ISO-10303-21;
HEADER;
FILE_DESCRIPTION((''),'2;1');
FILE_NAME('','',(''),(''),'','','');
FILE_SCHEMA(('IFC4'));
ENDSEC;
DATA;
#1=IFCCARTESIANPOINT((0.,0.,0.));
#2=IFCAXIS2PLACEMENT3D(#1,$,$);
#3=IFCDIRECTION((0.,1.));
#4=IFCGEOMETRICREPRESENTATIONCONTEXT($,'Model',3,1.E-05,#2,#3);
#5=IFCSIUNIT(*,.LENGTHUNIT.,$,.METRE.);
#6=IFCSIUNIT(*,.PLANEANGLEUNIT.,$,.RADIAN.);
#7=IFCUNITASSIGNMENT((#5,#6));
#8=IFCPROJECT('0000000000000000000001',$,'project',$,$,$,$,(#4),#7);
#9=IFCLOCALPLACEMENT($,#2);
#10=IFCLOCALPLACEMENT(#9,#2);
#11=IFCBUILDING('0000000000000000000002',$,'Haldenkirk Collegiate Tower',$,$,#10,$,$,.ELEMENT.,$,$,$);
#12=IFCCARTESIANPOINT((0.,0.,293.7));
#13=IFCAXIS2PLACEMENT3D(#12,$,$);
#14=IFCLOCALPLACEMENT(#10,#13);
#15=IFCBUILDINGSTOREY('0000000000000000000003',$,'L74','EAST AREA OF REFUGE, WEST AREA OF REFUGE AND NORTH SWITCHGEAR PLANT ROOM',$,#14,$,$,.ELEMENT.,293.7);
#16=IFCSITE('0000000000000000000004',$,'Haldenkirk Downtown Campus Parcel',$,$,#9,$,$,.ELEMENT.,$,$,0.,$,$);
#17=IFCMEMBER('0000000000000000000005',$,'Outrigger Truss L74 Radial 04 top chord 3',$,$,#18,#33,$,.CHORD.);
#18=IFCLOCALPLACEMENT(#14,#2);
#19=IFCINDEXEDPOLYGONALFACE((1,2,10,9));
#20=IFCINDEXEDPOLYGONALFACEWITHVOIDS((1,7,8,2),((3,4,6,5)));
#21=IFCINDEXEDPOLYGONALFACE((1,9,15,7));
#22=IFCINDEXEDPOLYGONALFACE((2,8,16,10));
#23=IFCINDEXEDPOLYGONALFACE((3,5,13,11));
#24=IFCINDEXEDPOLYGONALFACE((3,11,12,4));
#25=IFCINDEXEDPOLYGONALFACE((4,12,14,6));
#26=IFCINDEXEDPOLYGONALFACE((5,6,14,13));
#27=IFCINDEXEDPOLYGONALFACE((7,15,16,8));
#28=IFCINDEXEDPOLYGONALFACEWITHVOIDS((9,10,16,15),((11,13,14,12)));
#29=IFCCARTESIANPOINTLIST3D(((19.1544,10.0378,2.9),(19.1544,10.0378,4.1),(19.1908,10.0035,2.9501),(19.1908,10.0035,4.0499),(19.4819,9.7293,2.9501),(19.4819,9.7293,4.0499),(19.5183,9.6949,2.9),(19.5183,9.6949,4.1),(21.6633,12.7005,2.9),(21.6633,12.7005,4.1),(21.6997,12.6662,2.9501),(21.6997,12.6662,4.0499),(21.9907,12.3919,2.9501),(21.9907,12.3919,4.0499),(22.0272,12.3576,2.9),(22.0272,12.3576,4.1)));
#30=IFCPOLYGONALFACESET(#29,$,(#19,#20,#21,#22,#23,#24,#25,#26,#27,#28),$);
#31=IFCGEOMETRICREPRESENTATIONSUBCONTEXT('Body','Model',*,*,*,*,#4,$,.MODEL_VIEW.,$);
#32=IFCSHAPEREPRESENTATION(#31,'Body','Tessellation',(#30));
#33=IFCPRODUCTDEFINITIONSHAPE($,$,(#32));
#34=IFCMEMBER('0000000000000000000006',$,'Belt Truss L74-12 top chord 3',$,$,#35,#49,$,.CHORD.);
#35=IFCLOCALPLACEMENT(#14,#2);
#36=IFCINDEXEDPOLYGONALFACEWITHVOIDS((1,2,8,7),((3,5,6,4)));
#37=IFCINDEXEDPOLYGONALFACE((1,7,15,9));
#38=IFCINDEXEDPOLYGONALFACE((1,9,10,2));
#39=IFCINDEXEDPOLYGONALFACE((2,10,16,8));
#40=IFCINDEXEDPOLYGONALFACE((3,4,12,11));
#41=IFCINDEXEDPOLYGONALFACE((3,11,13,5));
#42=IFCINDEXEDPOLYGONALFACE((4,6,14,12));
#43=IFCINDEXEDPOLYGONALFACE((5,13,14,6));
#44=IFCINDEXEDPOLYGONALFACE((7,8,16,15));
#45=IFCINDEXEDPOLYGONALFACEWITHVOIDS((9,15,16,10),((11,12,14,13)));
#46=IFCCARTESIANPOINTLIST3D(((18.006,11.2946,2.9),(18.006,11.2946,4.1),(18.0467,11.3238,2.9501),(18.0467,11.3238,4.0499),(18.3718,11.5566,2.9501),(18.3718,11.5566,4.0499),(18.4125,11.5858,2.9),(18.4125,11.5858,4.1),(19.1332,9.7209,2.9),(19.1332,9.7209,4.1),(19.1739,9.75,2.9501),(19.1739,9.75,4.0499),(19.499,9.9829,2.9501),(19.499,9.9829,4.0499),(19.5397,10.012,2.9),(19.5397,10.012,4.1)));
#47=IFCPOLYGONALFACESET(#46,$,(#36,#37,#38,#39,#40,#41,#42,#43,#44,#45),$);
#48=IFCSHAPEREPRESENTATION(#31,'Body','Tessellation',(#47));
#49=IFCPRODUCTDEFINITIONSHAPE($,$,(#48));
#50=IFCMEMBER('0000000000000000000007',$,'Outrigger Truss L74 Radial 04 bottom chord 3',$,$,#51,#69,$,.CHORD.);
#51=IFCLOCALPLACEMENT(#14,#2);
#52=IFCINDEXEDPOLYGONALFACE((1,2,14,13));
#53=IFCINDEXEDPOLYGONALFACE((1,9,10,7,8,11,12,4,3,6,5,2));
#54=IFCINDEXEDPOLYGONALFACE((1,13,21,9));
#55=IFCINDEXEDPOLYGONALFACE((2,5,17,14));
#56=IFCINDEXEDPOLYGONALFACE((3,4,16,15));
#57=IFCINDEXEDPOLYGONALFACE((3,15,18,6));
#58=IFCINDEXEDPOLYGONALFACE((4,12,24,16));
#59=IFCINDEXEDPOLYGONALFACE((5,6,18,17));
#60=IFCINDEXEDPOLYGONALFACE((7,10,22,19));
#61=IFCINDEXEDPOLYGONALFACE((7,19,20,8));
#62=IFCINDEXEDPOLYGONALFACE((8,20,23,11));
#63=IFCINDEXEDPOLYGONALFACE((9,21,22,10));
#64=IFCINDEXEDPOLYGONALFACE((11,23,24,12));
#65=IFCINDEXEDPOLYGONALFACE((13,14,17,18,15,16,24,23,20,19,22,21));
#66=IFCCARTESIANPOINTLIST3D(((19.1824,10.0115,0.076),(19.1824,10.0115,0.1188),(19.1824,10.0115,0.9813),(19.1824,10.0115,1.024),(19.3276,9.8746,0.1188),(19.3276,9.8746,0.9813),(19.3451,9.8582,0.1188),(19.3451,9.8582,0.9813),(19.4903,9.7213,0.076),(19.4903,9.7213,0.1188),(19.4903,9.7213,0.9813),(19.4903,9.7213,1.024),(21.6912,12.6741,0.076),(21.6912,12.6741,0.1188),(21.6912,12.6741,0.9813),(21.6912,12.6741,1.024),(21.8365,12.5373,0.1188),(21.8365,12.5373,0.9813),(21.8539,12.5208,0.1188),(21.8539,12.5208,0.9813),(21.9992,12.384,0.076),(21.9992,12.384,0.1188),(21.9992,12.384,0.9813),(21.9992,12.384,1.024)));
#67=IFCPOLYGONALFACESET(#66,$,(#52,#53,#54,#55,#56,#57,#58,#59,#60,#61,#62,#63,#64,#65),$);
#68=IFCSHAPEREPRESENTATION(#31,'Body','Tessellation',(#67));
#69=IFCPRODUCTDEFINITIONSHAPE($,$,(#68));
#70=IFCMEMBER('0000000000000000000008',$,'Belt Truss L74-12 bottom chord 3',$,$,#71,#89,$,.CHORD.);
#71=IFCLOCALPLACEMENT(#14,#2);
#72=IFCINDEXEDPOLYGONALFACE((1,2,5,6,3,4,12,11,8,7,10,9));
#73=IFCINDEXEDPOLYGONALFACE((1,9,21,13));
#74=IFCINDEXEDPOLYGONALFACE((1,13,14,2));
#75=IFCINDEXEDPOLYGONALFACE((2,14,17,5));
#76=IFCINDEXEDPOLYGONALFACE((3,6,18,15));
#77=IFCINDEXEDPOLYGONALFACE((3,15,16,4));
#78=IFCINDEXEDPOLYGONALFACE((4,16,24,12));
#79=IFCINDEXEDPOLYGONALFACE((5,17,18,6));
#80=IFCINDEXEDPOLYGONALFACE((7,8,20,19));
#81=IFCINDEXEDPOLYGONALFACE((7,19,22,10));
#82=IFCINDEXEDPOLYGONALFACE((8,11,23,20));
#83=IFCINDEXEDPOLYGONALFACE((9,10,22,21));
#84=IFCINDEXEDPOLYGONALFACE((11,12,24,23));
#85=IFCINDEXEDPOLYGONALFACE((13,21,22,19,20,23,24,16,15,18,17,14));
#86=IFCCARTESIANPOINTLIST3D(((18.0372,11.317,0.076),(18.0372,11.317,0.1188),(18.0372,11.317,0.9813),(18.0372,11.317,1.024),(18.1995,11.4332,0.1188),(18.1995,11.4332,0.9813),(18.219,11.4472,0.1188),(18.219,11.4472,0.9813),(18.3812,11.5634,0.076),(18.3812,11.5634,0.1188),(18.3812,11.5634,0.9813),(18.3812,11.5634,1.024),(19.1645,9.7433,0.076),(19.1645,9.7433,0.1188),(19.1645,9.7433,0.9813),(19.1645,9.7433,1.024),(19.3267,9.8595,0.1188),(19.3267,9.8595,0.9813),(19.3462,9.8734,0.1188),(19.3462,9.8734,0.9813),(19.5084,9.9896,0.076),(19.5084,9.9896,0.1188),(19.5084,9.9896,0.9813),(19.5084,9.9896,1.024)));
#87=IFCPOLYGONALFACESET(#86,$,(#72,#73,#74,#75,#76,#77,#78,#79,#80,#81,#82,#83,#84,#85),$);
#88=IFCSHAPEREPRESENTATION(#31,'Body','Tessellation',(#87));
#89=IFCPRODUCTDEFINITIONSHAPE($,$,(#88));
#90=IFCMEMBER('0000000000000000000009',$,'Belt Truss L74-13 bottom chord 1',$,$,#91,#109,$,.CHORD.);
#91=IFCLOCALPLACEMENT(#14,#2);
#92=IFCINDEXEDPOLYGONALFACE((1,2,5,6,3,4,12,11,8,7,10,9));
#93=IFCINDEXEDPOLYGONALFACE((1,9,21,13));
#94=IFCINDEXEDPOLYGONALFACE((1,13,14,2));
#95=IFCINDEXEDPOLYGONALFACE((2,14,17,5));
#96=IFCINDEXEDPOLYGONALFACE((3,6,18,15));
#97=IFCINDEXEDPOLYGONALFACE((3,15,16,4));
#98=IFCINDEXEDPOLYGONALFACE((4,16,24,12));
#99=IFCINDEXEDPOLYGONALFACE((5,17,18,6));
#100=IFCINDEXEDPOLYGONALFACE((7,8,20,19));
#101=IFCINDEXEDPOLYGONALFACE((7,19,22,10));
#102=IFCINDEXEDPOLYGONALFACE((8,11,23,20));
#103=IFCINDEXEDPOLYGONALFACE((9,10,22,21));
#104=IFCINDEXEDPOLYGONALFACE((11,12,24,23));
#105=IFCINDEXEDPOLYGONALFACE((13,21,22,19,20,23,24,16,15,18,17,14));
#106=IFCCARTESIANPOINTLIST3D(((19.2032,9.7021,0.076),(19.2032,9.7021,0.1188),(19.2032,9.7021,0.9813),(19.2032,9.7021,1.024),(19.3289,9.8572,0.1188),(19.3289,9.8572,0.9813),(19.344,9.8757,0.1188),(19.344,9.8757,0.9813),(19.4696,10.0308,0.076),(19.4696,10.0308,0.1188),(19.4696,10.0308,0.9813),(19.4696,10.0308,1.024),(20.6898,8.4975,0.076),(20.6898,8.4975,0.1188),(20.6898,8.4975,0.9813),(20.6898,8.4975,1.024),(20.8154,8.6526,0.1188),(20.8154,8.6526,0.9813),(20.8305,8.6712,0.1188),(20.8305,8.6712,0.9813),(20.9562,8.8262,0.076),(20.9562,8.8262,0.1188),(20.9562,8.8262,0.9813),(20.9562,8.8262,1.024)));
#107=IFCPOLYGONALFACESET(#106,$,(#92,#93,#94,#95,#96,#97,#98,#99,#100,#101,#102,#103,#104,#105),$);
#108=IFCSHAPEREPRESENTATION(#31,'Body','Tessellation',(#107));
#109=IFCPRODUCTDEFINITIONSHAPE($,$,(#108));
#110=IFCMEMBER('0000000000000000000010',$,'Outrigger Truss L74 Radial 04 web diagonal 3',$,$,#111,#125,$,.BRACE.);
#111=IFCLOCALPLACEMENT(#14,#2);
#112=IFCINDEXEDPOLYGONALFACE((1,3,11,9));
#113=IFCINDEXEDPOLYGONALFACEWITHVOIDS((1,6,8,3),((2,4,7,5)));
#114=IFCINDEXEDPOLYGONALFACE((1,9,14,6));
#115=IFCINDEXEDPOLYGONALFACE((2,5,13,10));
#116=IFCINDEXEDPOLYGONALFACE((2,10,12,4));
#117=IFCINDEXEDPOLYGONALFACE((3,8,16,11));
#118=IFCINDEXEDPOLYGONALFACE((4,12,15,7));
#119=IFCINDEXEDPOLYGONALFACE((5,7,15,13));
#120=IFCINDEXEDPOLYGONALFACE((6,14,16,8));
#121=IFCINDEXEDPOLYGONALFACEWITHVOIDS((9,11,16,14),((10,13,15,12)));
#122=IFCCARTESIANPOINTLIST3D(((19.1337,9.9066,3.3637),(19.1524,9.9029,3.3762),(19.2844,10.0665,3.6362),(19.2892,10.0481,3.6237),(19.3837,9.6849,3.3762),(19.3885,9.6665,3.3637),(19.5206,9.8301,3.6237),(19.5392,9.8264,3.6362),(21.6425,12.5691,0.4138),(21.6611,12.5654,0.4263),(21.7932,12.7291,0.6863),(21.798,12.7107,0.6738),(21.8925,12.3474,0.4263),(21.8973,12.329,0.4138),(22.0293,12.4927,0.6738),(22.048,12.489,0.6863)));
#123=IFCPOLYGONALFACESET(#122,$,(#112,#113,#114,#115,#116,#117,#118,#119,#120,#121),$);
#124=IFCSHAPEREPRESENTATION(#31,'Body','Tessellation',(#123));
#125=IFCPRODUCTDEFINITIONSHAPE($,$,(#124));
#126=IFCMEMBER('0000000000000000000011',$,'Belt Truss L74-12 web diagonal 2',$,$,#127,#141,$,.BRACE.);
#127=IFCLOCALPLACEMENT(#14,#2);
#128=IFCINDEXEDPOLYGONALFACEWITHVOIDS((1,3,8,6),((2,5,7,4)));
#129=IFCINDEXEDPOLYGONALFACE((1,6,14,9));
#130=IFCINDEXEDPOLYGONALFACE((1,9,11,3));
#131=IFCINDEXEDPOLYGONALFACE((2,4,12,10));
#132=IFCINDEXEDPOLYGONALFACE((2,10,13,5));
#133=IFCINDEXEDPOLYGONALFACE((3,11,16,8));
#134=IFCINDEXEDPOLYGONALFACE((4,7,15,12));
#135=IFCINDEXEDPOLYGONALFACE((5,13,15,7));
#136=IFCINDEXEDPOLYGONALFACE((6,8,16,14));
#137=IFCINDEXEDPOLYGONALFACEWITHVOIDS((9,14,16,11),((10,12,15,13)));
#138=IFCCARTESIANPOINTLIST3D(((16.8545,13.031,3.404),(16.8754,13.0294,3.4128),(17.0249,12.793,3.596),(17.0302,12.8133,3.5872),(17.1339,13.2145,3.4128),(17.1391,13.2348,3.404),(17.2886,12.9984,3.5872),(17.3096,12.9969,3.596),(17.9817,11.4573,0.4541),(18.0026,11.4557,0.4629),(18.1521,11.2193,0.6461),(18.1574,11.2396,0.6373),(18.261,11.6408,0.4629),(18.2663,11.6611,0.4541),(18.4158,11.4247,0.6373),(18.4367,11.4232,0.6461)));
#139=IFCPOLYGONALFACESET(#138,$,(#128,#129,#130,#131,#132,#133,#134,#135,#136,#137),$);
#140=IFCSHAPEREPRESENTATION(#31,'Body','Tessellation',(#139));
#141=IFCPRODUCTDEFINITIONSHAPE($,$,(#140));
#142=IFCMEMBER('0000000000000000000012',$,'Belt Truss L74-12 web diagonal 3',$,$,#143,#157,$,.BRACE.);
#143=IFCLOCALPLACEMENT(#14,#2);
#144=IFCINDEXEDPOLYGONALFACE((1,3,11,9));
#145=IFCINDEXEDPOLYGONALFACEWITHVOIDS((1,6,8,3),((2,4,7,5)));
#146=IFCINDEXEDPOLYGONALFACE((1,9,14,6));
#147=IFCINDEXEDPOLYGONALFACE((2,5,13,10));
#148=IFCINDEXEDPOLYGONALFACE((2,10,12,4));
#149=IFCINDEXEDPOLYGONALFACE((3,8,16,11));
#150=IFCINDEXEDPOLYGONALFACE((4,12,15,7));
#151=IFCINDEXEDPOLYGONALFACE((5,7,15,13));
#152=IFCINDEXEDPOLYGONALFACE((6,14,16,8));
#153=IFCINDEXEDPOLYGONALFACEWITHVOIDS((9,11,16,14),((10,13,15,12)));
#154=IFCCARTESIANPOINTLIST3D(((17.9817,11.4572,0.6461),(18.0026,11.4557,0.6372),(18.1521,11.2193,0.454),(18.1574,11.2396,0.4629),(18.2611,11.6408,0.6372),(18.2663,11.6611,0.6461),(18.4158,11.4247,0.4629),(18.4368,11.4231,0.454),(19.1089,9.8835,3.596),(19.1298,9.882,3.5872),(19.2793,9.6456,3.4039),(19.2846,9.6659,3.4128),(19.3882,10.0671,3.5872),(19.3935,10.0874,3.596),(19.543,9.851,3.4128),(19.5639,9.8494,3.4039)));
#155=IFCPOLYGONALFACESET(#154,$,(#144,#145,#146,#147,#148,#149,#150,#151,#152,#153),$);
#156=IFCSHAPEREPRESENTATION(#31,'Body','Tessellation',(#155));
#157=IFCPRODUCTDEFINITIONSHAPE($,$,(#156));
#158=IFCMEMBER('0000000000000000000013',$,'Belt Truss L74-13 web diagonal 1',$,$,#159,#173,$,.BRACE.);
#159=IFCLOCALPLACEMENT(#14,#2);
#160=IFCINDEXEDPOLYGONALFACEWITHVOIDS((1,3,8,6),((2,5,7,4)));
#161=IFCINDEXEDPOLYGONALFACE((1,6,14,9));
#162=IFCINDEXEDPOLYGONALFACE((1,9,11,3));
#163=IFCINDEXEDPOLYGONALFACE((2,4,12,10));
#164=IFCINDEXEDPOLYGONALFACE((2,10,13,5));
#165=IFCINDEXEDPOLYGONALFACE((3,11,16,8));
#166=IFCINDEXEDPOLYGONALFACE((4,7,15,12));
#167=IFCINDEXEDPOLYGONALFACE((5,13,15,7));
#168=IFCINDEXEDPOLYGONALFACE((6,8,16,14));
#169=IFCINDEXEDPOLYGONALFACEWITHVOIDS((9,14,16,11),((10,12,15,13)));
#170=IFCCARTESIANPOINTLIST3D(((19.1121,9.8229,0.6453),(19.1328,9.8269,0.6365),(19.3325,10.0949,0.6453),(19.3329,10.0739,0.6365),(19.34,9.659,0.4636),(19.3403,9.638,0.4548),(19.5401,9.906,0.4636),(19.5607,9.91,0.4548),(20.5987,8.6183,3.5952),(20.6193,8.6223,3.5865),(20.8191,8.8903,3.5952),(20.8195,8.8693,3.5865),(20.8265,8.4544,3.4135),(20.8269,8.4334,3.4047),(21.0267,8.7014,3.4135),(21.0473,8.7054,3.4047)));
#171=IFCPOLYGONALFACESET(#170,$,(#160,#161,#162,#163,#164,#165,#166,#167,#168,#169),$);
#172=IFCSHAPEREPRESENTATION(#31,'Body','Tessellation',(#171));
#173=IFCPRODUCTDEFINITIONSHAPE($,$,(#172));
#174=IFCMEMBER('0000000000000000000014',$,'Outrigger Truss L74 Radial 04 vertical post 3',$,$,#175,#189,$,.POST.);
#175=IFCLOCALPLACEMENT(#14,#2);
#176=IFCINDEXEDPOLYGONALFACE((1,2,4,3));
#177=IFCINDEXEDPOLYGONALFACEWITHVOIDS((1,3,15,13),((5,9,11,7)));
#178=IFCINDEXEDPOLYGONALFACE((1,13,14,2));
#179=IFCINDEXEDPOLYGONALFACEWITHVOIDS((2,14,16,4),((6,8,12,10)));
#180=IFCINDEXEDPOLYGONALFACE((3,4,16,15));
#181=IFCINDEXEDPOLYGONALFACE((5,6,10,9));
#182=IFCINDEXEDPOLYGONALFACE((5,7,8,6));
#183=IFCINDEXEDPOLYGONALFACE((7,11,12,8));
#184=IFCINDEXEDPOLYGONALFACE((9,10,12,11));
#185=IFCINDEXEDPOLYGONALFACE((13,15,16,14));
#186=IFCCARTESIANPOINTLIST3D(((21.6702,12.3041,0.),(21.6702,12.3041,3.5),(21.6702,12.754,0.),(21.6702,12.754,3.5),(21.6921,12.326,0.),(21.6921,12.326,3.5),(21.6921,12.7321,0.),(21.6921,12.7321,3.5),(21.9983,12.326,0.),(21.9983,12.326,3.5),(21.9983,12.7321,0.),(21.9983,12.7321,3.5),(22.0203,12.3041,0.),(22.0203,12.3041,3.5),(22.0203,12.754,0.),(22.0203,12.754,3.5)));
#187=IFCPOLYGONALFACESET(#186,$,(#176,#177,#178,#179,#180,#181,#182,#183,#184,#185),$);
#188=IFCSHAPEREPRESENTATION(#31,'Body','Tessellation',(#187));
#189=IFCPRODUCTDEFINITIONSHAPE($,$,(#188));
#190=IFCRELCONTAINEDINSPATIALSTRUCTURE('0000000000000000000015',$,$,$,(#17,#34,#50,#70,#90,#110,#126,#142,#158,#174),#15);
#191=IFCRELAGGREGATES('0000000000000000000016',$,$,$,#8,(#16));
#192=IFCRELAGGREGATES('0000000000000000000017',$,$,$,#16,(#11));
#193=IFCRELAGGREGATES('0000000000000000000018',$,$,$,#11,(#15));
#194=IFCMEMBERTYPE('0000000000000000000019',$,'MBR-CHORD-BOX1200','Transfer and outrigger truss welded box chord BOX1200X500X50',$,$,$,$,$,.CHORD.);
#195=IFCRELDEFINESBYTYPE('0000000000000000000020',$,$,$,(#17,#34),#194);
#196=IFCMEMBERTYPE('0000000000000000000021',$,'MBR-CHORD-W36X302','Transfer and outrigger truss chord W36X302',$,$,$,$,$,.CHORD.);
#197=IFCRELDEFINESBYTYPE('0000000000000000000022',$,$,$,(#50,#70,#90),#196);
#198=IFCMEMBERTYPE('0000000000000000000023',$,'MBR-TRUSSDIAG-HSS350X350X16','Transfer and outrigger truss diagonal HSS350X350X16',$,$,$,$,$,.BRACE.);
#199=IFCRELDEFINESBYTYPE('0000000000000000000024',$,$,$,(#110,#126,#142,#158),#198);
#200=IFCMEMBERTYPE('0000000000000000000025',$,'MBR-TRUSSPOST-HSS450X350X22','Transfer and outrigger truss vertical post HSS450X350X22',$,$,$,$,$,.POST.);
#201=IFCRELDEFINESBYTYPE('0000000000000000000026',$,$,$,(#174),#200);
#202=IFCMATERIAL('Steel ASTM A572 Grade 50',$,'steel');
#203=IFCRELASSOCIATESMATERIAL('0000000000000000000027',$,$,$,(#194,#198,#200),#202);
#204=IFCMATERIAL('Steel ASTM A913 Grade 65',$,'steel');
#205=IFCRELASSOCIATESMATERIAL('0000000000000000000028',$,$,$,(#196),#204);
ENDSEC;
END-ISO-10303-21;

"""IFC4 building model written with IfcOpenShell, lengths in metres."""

from ifc_helpers import new_model, si_unit, direction, frame, origin, origin_2d, place, context, subcontext, project, spatial, hollow_rectangle, i_section, extrude, material, material_profile, profile_set, type_object, element, save


model = new_model("IFC4")

# Units and contexts
model_context = context("Model", 3, precision=1e-05, world=origin(), true_north=direction((0.0, 1.0)))
body_context = subcontext(model_context, "Body", "Model", "MODEL_VIEW")
ifc_project = project(units=[si_unit("LENGTHUNIT", "METRE"), si_unit("PLANEANGLEUNIT", "RADIAN")], contexts=[model_context])

# Site, building, storey
site_placement = place(None, origin())
site = spatial("IfcSite", under=ifc_project, at=site_placement, Name="Haldenkirk Downtown Campus Parcel", CompositionType="ELEMENT", RefElevation=0.0)
building_placement = place(site_placement, origin())
building = spatial("IfcBuilding", under=site, at=building_placement, Name="Haldenkirk Collegiate Tower", CompositionType="ELEMENT")
storey_placement = place(building_placement, frame((0.0, 0.0, 293.7)))
storey = spatial("IfcBuildingStorey", under=building, at=storey_placement, Name="L74", Description="EAST AREA OF REFUGE, WEST AREA OF REFUGE AND NORTH SWITCHGEAR PLANT ROOM", CompositionType="ELEMENT", Elevation=293.7)

# Members
ifc_material_1 = material(Name="Steel ASTM A572 Grade 50", Category="steel")
ifc_material_profile_1 = material_profile(ifc_material_1, hollow_rectangle(XDim=0.5, YDim=1.2, WallThickness=0.05, at=origin_2d()), Name="BOX1200X500X50")
ifc_profile_set_1 = profile_set([ifc_material_profile_1], Name="Steel ASTM A572 Grade 50")
member_type_1 = type_object("IfcMemberType", Name="MBR-CHORD-BOX1200", Description="Transfer and outrigger truss welded box chord BOX1200X500X50", PredefinedType="CHORD", material=ifc_profile_set_1)
member_1_placement = place(storey_placement, frame((21.8452, 12.5291, 3.5), z_axis=(-0.685773, -0.727816, 0.0), x_axis=(0.727816, -0.685773, 0.0)))
element("IfcMember", 1, at=member_1_placement, inside=storey, type_object=member_type_1, Name="Outrigger Truss L74 Radial 04 top chord 3", PredefinedType="CHORD", context=body_context, shape_type="SweptSolid", body=[
    extrude(hollow_rectangle(XDim=0.5, YDim=1.2, WallThickness=0.05, at=origin_2d()), origin(), (0.0, 0.0, 1.0), 3.6584),
])
member_2_placement = place(storey_placement, frame((18.2092, 11.4402, 3.5), z_axis=(0.582299, -0.812974, 0.0), x_axis=(0.812974, 0.582299, 0.0)))
element("IfcMember", 2, at=member_2_placement, inside=storey, type_object=member_type_1, Name="Belt Truss L74-12 top chord 3", PredefinedType="CHORD", context=body_context, shape_type="SweptSolid", body=[
    extrude(hollow_rectangle(XDim=0.5, YDim=1.2, WallThickness=0.05, at=origin_2d()), origin(), (0.0, 0.0, 1.0), 1.9358),
])
ifc_material_2 = material(Name="Steel ASTM A913 Grade 65", Category="steel")
ifc_material_profile_2 = material_profile(ifc_material_2, i_section(OverallWidth=0.4231, OverallDepth=0.948, WebThickness=0.0239, FlangeThickness=0.0427, at=origin_2d()), Name="W36X302")
ifc_profile_set_2 = profile_set([ifc_material_profile_2], Name="Steel ASTM A913 Grade 65")
member_type_2 = type_object("IfcMemberType", Name="MBR-CHORD-W36X302", Description="Transfer and outrigger truss chord W36X302", PredefinedType="CHORD", material=ifc_profile_set_2)
member_3_placement = place(storey_placement, frame((21.8452, 12.5291, 0.55), z_axis=(-0.685773, -0.727816, 0.0), x_axis=(0.727816, -0.685773, 0.0)))
element("IfcMember", 3, at=member_3_placement, inside=storey, type_object=member_type_2, Name="Outrigger Truss L74 Radial 04 bottom chord 3", PredefinedType="CHORD", context=body_context, shape_type="SweptSolid", body=[
    extrude(i_section(OverallWidth=0.4231, OverallDepth=0.948, WebThickness=0.0239, FlangeThickness=0.0427, at=origin_2d()), origin(), (0.0, 0.0, 1.0), 3.6584),
])
member_4_placement = place(storey_placement, frame((18.2092, 11.4402, 0.55), z_axis=(0.582299, -0.812974, 0.0), x_axis=(0.812974, 0.582299, 0.0)))
element("IfcMember", 4, at=member_4_placement, inside=storey, type_object=member_type_2, Name="Belt Truss L74-12 bottom chord 3", PredefinedType="CHORD", context=body_context, shape_type="SweptSolid", body=[
    extrude(i_section(OverallWidth=0.4231, OverallDepth=0.948, WebThickness=0.0239, FlangeThickness=0.0427, at=origin_2d()), origin(), (0.0, 0.0, 1.0), 1.9358),
])
member_5_placement = place(storey_placement, frame((19.3364, 9.8665, 0.55), z_axis=(0.776945, -0.629569, 0.0), x_axis=(0.629569, 0.776945, 0.0)))
element("IfcMember", 5, at=member_5_placement, inside=storey, type_object=member_type_2, Name="Belt Truss L74-13 bottom chord 1", PredefinedType="CHORD", context=body_context, shape_type="SweptSolid", body=[
    extrude(i_section(OverallWidth=0.4231, OverallDepth=0.948, WebThickness=0.0239, FlangeThickness=0.0427, at=origin_2d()), origin(), (0.0, 0.0, 1.0), 1.9133),
])
ifc_material_profile_3 = material_profile(ifc_material_1, hollow_rectangle(XDim=0.3501, YDim=0.3501, WallThickness=0.0161, at=origin_2d()), Name="HSS350X350X16")
ifc_profile_set_3 = profile_set([ifc_material_profile_3], Name="Steel ASTM A572 Grade 50")
member_type_3 = type_object("IfcMemberType", Name="MBR-TRUSSDIAG-HSS350X350X16", Description="Transfer and outrigger truss diagonal HSS350X350X16", PredefinedType="BRACE", material=ifc_profile_set_3)
member_6_placement = place(storey_placement, frame((21.8452, 12.5291, 0.55), z_axis=(-0.533837, -0.566566, 0.627711), x_axis=(0.727816, -0.685773, 0.0)))
element("IfcMember", 6, at=member_6_placement, inside=storey, type_object=member_type_3, Name="Outrigger Truss L74 Radial 04 web diagonal 3", PredefinedType="BRACE", context=body_context, shape_type="SweptSolid", body=[
    extrude(hollow_rectangle(XDim=0.3501, YDim=0.3501, WallThickness=0.0161, at=origin_2d()), origin(), (0.0, 0.0, 1.0), 4.6995),
])
for number, where, z_axis, x_axis, name in (
    (7, (17.082, 13.0139, 3.5), (0.319467, -0.446022, -0.836066), (0.812974, 0.582299, 0.0), "Belt Truss L74-12 web diagonal 2"),
    (8, (18.2092, 11.4402, 0.55), (0.319467, -0.446022, 0.836066), (0.812974, 0.582299, 0.0), "Belt Truss L74-12 web diagonal 3"),
):
    element("IfcMember", number, at=place(storey_placement, frame(where, z_axis=z_axis, x_axis=x_axis)), inside=storey, type_object=member_type_3, Name=name, PredefinedType="BRACE", context=body_context, shape_type="SweptSolid", body=[
        extrude(hollow_rectangle(XDim=0.3501, YDim=0.3501, WallThickness=0.0161, at=origin_2d()), origin(), (0.0, 0.0, 1.0), 3.5283),
    ])
member_7_placement = place(storey_placement, frame((19.3364, 9.8665, 0.55), z_axis=(0.422787, -0.34259, 0.838978), x_axis=(0.629569, 0.776945, 0.0)))
element("IfcMember", 9, at=member_7_placement, inside=storey, type_object=member_type_3, Name="Belt Truss L74-13 web diagonal 1", PredefinedType="BRACE", context=body_context, shape_type="SweptSolid", body=[
    extrude(hollow_rectangle(XDim=0.3501, YDim=0.3501, WallThickness=0.0161, at=origin_2d()), origin(), (0.0, 0.0, 1.0), 3.5161),
])
ifc_material_profile_4 = material_profile(ifc_material_1, hollow_rectangle(XDim=0.3501, YDim=0.45, WallThickness=0.022, at=origin_2d()), Name="HSS450X350X22")
ifc_profile_set_4 = profile_set([ifc_material_profile_4], Name="Steel ASTM A572 Grade 50")
member_type_4 = type_object("IfcMemberType", Name="MBR-TRUSSPOST-HSS450X350X22", Description="Transfer and outrigger truss vertical post HSS450X350X22", PredefinedType="POST", material=ifc_profile_set_4)
for number, where, z_axis, x_axis, name in (
    (10, (21.8452, 12.5291, 0.0), (0.0, 0.0, 1.0), (1.0, 0.0, 0.0), "Outrigger Truss L74 Radial 04 vertical post 3"),
):
    element("IfcMember", number, at=place(storey_placement, frame(where, z_axis=z_axis, x_axis=x_axis)), inside=storey, type_object=member_type_4, Name=name, PredefinedType="POST", context=body_context, shape_type="SweptSolid", body=[
        extrude(hollow_rectangle(XDim=0.3501, YDim=0.45, WallThickness=0.022, at=origin_2d()), origin(), (0.0, 0.0, 1.0), 3.5),
    ])

save(model, "model.ifc")
